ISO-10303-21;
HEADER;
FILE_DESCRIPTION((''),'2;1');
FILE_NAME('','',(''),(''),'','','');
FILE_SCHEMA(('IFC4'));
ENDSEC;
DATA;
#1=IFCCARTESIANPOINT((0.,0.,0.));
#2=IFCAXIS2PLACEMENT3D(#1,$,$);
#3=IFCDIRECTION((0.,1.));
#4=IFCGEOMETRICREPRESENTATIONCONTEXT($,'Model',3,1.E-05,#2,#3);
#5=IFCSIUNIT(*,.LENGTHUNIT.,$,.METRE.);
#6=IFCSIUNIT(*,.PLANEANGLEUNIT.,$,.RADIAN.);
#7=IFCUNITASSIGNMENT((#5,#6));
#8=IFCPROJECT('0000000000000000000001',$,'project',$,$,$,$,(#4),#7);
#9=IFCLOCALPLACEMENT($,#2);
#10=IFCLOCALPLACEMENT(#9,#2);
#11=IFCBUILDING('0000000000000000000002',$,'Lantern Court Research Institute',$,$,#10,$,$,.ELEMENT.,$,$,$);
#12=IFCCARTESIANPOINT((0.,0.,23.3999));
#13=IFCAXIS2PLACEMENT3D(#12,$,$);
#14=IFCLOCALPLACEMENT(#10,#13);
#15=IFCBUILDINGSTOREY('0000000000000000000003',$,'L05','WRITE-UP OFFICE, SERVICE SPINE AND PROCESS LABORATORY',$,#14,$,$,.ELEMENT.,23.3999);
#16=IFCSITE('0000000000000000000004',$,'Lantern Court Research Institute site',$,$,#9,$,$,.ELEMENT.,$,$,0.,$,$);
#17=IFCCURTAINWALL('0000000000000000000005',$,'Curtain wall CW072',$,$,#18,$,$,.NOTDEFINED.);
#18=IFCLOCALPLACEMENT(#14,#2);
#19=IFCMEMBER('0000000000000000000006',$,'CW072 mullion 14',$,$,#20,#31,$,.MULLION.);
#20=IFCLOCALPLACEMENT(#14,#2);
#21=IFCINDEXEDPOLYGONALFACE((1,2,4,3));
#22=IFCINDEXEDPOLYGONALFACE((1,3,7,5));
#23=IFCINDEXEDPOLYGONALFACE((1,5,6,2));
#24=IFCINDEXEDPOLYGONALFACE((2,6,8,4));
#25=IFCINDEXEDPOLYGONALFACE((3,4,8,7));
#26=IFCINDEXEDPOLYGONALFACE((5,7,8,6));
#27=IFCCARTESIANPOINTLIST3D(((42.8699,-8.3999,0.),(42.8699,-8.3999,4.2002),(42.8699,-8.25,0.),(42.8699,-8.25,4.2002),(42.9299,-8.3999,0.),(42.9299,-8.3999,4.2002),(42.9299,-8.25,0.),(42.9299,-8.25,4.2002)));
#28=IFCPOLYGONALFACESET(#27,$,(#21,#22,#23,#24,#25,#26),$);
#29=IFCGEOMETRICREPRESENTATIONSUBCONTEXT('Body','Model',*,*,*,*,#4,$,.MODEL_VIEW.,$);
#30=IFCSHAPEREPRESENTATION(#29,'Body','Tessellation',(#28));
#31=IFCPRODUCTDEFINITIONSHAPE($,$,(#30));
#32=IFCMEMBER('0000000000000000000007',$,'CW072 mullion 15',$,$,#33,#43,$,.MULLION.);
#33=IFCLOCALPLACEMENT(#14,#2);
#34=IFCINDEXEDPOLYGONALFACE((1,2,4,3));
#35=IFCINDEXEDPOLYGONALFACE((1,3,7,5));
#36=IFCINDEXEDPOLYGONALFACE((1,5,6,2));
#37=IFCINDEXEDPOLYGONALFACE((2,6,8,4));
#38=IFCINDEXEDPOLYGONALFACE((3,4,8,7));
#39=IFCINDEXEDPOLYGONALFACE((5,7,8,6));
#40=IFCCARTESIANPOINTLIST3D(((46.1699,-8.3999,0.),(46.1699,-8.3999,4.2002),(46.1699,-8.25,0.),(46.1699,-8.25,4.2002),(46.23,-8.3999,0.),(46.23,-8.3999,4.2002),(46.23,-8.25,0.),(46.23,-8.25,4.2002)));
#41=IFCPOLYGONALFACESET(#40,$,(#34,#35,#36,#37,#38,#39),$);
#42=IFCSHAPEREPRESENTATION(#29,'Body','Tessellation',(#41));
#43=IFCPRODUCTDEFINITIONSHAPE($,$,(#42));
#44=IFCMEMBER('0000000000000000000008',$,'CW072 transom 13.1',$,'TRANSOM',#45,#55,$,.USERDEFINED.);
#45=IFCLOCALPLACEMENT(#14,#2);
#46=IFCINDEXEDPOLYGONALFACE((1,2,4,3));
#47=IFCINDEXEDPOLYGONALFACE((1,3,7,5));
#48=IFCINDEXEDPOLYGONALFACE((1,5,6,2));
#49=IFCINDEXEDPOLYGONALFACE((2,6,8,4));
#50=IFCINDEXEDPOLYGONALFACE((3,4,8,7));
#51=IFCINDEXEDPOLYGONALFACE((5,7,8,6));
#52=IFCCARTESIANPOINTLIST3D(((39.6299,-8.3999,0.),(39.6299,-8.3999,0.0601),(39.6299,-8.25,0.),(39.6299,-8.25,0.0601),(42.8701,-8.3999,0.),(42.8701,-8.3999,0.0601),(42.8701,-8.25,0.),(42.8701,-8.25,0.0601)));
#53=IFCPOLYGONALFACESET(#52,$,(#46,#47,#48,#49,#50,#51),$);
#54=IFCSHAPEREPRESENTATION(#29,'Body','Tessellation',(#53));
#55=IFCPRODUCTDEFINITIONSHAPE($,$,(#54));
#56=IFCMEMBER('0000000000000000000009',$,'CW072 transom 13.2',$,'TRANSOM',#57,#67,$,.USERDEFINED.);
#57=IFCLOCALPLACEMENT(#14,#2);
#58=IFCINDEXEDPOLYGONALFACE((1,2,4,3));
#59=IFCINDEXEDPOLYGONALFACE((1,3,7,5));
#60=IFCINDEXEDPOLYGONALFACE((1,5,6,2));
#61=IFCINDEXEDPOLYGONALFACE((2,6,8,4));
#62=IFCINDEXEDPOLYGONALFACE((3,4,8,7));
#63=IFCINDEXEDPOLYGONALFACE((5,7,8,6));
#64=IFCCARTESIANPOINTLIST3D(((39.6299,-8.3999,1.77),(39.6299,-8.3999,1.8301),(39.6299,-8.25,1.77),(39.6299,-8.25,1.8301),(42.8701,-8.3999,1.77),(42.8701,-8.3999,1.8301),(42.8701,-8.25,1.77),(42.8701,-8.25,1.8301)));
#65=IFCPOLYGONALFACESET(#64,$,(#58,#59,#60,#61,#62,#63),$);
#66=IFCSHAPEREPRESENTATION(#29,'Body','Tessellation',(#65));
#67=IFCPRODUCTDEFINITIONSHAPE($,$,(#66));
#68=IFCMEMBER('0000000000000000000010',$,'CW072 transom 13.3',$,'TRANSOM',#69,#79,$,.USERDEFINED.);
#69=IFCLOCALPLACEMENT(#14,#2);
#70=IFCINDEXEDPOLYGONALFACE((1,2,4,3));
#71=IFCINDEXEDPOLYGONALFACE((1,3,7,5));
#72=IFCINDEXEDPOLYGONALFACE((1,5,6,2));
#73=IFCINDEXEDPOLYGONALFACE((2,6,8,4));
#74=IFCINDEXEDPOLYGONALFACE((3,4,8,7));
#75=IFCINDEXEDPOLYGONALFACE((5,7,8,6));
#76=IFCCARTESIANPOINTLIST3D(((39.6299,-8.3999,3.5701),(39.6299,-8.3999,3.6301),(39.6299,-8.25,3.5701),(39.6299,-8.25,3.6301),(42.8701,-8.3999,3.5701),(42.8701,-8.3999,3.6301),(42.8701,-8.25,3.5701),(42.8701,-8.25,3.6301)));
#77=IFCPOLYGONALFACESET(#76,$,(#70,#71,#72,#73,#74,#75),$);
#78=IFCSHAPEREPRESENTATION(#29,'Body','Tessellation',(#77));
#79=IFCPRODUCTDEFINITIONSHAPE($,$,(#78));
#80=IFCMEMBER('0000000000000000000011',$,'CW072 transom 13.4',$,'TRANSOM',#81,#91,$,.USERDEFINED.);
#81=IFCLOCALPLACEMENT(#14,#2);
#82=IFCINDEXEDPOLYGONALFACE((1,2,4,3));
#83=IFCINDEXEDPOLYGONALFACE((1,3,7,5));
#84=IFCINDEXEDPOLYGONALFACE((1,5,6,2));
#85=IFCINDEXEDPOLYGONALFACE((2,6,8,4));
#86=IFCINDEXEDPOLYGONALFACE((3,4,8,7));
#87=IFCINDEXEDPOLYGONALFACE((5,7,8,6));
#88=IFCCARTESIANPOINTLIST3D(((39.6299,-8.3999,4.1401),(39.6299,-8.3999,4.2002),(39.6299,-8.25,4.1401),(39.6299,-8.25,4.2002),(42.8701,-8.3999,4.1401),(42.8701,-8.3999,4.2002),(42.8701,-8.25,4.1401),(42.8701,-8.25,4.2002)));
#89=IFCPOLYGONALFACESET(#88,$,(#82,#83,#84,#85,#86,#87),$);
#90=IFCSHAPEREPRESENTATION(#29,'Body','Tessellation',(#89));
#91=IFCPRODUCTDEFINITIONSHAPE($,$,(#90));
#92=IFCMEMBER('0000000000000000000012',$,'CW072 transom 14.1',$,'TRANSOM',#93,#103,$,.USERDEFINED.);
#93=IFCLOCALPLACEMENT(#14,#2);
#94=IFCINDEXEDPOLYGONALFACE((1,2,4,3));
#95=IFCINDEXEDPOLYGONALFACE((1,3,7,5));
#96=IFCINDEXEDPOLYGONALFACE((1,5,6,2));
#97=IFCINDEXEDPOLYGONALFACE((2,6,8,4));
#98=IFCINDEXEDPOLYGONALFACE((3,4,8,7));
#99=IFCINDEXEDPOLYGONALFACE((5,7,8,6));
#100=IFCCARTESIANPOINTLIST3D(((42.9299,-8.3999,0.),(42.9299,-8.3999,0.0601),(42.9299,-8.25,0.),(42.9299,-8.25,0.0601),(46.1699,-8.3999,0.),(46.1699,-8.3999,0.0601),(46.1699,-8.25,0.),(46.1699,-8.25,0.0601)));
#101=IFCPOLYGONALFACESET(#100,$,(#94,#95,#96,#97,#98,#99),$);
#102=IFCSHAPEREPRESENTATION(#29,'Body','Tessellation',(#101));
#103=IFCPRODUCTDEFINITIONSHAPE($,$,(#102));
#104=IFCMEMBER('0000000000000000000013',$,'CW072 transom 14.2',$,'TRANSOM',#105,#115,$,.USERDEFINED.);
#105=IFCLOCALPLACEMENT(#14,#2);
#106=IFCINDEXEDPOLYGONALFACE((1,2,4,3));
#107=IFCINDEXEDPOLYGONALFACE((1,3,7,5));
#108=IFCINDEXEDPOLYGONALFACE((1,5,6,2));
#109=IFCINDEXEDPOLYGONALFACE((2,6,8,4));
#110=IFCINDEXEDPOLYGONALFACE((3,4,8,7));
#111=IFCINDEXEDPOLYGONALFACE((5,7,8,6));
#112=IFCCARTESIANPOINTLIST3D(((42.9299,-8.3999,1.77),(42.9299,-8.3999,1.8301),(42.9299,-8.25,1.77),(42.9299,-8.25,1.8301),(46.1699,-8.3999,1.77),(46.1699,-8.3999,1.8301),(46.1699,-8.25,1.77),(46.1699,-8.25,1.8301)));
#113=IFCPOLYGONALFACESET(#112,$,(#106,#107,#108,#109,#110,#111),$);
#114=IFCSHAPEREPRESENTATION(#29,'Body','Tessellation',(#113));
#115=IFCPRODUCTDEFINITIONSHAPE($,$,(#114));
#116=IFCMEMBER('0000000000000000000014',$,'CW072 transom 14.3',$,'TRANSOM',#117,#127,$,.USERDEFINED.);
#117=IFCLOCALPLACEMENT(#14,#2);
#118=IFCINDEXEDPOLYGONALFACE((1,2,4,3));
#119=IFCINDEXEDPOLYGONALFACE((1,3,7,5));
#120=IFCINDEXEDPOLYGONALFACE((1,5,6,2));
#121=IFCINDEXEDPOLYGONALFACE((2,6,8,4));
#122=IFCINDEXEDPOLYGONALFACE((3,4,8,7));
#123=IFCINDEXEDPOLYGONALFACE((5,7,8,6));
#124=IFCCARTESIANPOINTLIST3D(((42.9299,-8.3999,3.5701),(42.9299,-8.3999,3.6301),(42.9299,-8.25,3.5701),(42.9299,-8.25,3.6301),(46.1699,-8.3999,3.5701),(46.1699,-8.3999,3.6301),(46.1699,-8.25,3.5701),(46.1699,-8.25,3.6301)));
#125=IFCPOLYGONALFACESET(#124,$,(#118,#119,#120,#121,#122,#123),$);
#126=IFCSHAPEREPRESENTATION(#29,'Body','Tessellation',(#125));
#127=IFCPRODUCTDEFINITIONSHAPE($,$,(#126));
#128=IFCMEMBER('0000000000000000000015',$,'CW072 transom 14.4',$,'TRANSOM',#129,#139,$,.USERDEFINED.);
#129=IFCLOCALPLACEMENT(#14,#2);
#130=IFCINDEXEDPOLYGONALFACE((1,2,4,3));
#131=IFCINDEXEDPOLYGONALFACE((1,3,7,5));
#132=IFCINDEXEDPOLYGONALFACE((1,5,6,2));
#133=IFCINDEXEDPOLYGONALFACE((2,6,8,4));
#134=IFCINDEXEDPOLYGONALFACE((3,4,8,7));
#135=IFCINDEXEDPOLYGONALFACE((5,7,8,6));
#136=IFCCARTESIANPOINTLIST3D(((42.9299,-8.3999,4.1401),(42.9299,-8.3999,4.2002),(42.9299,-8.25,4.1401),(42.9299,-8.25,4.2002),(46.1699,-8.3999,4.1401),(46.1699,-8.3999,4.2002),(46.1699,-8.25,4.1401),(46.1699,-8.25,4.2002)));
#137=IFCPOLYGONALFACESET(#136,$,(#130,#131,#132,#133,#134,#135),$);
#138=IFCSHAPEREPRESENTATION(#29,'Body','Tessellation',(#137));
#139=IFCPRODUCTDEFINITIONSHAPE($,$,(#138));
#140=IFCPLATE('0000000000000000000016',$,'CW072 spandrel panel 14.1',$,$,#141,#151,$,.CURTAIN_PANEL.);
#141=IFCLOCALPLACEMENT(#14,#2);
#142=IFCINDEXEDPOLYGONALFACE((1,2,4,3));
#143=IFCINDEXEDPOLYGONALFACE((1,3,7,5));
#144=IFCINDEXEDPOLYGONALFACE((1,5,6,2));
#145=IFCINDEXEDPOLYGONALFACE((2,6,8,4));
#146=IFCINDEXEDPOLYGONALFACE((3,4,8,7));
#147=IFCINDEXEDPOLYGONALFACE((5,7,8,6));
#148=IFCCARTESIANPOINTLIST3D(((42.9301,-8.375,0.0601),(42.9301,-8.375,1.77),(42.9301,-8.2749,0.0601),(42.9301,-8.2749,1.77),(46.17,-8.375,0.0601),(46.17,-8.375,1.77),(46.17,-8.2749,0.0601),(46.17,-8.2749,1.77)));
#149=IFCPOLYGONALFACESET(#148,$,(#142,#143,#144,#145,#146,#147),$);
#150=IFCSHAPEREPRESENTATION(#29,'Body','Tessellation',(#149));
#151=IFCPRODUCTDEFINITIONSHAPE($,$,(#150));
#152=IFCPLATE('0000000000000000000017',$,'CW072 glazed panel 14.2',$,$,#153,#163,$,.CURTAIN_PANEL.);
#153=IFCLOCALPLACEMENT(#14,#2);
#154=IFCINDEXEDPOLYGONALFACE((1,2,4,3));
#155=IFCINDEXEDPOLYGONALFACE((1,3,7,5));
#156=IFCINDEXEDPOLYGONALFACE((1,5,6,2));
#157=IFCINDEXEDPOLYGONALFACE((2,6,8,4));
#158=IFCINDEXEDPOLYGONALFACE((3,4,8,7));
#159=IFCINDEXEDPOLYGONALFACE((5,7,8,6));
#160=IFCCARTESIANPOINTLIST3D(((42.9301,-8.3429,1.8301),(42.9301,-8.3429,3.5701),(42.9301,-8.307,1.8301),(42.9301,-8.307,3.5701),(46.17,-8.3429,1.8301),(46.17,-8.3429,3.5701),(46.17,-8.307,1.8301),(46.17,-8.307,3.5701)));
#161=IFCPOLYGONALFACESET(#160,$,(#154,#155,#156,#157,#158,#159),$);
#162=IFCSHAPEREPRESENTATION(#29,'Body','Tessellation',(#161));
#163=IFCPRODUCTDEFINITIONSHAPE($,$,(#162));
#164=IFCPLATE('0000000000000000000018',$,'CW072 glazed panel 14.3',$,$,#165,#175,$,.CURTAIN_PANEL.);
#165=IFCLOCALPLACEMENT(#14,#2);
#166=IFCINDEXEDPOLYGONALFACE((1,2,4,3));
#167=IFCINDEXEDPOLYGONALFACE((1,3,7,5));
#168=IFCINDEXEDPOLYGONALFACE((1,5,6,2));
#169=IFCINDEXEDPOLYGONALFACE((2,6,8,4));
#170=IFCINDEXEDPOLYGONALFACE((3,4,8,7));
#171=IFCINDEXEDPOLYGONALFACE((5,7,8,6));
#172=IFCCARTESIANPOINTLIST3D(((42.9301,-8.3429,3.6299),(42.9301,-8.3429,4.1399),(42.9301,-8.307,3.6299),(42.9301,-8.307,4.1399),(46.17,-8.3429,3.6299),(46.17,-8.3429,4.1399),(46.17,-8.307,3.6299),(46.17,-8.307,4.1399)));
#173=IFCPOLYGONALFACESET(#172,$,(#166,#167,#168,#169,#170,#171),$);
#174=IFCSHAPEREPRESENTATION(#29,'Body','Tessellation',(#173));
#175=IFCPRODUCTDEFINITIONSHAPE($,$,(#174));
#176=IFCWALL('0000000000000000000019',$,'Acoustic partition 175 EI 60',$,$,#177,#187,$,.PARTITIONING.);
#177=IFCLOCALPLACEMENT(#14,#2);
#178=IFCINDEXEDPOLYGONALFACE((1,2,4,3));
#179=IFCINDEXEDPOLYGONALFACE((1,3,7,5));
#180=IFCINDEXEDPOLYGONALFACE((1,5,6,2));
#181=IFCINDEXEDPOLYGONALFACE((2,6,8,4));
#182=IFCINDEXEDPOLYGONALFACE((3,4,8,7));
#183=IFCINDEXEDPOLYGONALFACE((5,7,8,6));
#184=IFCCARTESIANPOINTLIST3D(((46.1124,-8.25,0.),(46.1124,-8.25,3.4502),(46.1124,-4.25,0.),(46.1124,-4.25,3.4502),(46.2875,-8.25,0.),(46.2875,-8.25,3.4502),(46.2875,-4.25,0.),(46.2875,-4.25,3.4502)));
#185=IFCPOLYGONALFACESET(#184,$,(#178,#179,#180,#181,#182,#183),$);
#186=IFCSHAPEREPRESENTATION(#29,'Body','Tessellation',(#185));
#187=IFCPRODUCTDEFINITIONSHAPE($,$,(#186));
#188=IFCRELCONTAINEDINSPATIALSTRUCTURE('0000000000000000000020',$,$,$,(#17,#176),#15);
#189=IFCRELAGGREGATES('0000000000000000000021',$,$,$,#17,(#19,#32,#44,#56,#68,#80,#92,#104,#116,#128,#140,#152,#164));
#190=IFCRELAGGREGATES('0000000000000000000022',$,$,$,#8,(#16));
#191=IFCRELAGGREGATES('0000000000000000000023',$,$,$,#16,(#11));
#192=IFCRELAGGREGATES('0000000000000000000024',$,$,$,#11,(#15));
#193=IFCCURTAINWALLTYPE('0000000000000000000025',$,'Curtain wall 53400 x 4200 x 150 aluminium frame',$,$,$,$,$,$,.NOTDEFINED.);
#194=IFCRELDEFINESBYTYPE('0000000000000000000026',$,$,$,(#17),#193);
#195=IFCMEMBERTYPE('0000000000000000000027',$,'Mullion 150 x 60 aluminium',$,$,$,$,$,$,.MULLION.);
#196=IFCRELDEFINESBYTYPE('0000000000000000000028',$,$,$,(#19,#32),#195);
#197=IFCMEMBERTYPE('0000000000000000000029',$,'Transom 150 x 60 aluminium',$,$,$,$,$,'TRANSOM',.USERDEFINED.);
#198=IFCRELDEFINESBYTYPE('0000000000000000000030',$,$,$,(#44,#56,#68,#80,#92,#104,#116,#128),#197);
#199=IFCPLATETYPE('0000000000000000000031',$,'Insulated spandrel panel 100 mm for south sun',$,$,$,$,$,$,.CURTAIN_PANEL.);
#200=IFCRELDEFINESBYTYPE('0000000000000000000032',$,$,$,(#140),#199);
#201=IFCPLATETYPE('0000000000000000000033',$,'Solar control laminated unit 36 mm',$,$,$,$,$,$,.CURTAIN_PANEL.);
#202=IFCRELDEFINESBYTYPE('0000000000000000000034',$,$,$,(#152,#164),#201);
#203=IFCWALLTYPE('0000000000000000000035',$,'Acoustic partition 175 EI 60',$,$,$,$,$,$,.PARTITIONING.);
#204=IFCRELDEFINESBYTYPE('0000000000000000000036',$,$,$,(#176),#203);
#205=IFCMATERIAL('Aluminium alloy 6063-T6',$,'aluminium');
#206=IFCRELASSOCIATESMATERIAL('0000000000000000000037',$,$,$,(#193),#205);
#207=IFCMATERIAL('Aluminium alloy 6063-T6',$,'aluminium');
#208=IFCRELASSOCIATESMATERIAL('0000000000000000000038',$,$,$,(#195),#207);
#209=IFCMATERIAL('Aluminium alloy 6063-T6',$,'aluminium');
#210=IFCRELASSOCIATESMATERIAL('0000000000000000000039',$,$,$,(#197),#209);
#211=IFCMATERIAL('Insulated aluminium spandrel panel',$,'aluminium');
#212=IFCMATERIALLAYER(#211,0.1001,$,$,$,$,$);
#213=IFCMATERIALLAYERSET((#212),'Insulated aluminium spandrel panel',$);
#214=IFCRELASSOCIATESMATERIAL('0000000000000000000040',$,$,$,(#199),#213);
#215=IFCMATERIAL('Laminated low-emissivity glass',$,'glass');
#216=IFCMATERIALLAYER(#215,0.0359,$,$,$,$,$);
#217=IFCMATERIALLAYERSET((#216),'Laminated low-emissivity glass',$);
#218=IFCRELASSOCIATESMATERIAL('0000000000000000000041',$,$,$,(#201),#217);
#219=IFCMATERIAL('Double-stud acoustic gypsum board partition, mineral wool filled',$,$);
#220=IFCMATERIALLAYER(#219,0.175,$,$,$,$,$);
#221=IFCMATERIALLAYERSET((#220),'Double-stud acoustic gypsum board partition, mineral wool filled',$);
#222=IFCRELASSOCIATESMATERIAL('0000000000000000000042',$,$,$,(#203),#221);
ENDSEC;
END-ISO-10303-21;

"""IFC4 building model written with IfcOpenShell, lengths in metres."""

from ifc_helpers import new_model, si_unit, direction, frame, frame_2d, origin, origin_2d, place, context, subcontext, project, spatial, rectangle, extrude, material, layer, layer_set, material_profile, profile_set, type_object, element, aggregate, save


model = new_model("IFC4")

# Units and contexts
model_context = context("Model", 3, precision=1e-05, world=origin(), true_north=direction((0.0, 1.0)))
body_context = subcontext(model_context, "Body", "Model", "MODEL_VIEW")
ifc_project = project(units=[si_unit("LENGTHUNIT", "METRE"), si_unit("PLANEANGLEUNIT", "RADIAN")], contexts=[model_context])

# Site, building, storey
site_placement = place(None, origin())
site = spatial("IfcSite", under=ifc_project, at=site_placement, Name="Lantern Court Research Institute site", CompositionType="ELEMENT", RefElevation=0.0)
building_placement = place(site_placement, origin())
building = spatial("IfcBuilding", under=site, at=building_placement, Name="Lantern Court Research Institute", CompositionType="ELEMENT")
storey_placement = place(building_placement, frame((0.0, 0.0, 23.3999)))
storey = spatial("IfcBuildingStorey", under=building, at=storey_placement, Name="L05", Description="WRITE-UP OFFICE, SERVICE SPINE AND PROCESS LABORATORY", CompositionType="ELEMENT", Elevation=23.3999)

# Curtain wall, members, plates
ifc_material_1 = material(Name="Aluminium alloy 6063-T6", Category="aluminium")
curtain_wall_type = type_object("IfcCurtainWallType", Name="Curtain wall 53400 x 4200 x 150 aluminium frame", PredefinedType="NOTDEFINED", material=ifc_material_1)
curtain_wall_placement = place(storey_placement, origin())
curtain_wall = element("IfcCurtainWall", 1, at=curtain_wall_placement, inside=storey, type_object=curtain_wall_type, Name="Curtain wall CW072", PredefinedType="NOTDEFINED")
ifc_material_2 = material(Name="Aluminium alloy 6063-T6", Category="aluminium")
ifc_material_profile_1 = material_profile(ifc_material_2, rectangle(XDim=0.1499, YDim=0.0601, at=origin_2d()), Name="Mullion 150 x 60")
ifc_profile_set_1 = profile_set([ifc_material_profile_1], Name="Aluminium alloy 6063-T6")
member_type_1 = type_object("IfcMemberType", Name="Mullion 150 x 60 aluminium", PredefinedType="MULLION", material=ifc_profile_set_1)
member_1_placement = place(storey_placement, frame((42.8999, -8.325, 0.0), z_axis=(0.0, 0.0, 1.0), x_axis=(0.0, -1.0, 0.0)))
member_1 = element("IfcMember", 2, at=member_1_placement, type_object=member_type_1, Name="CW072 mullion 14", PredefinedType="MULLION", context=body_context, shape_type="SweptSolid", body=[
    extrude(rectangle(XDim=0.1499, YDim=0.0601, at=origin_2d()), origin(), (0.0, 0.0, 1.0), 4.2002),
])
member_2_placement = place(storey_placement, frame((46.2, -8.325, 0.0), z_axis=(0.0, 0.0, 1.0), x_axis=(0.0, -1.0, 0.0)))
member_2 = element("IfcMember", 3, at=member_2_placement, type_object=member_type_1, Name="CW072 mullion 15", PredefinedType="MULLION", context=body_context, shape_type="SweptSolid", body=[
    extrude(rectangle(XDim=0.1499, YDim=0.0601, at=origin_2d()), origin(), (0.0, 0.0, 1.0), 4.2002),
])
ifc_material_3 = material(Name="Aluminium alloy 6063-T6", Category="aluminium")
ifc_material_profile_2 = material_profile(ifc_material_3, rectangle(XDim=0.1499, YDim=0.0601, at=origin_2d()), Name="Transom 150 x 60")
ifc_profile_set_2 = profile_set([ifc_material_profile_2], Name="Aluminium alloy 6063-T6")
member_type_2 = type_object("IfcMemberType", Name="Transom 150 x 60 aluminium", ElementType="TRANSOM", PredefinedType="USERDEFINED", material=ifc_profile_set_2)
member_3_placement = place(storey_placement, frame((42.8701, -8.325, 0.03), z_axis=(-1.0, 0.0, 0.0), x_axis=(0.0, -1.0, 0.0)))
member_3 = element("IfcMember", 4, at=member_3_placement, type_object=member_type_2, Name="CW072 transom 13.1", ObjectType="TRANSOM", PredefinedType="USERDEFINED", context=body_context, shape_type="SweptSolid", body=[
    extrude(rectangle(XDim=0.1499, YDim=0.0601, at=origin_2d()), origin(), (0.0, 0.0, 1.0), 3.2402),
])
member_4_placement = place(storey_placement, frame((42.8701, -8.325, 1.8), z_axis=(-1.0, 0.0, 0.0), x_axis=(0.0, -1.0, 0.0)))
member_4 = element("IfcMember", 5, at=member_4_placement, type_object=member_type_2, Name="CW072 transom 13.2", ObjectType="TRANSOM", PredefinedType="USERDEFINED", context=body_context, shape_type="SweptSolid", body=[
    extrude(rectangle(XDim=0.1499, YDim=0.0601, at=origin_2d()), origin(), (0.0, 0.0, 1.0), 3.2402),
])
member_5_placement = place(storey_placement, frame((42.8701, -8.325, 3.6001), z_axis=(-1.0, 0.0, 0.0), x_axis=(0.0, -1.0, 0.0)))
member_5 = element("IfcMember", 6, at=member_5_placement, type_object=member_type_2, Name="CW072 transom 13.3", ObjectType="TRANSOM", PredefinedType="USERDEFINED", context=body_context, shape_type="SweptSolid", body=[
    extrude(rectangle(XDim=0.1499, YDim=0.0601, at=origin_2d()), origin(), (0.0, 0.0, 1.0), 3.2402),
])
member_6_placement = place(storey_placement, frame((42.8701, -8.325, 4.1702), z_axis=(-1.0, 0.0, 0.0), x_axis=(0.0, -1.0, 0.0)))
member_6 = element("IfcMember", 7, at=member_6_placement, type_object=member_type_2, Name="CW072 transom 13.4", ObjectType="TRANSOM", PredefinedType="USERDEFINED", context=body_context, shape_type="SweptSolid", body=[
    extrude(rectangle(XDim=0.1499, YDim=0.0601, at=origin_2d()), origin(), (0.0, 0.0, 1.0), 3.2402),
])
member_7_placement = place(storey_placement, frame((46.1699, -8.325, 0.03), z_axis=(-1.0, 0.0, 0.0), x_axis=(0.0, -1.0, 0.0)))
member_7 = element("IfcMember", 8, at=member_7_placement, type_object=member_type_2, Name="CW072 transom 14.1", ObjectType="TRANSOM", PredefinedType="USERDEFINED", context=body_context, shape_type="SweptSolid", body=[
    extrude(rectangle(XDim=0.1499, YDim=0.0601, at=origin_2d()), origin(), (0.0, 0.0, 1.0), 3.24),
])
member_8_placement = place(storey_placement, frame((46.1699, -8.325, 1.8), z_axis=(-1.0, 0.0, 0.0), x_axis=(0.0, -1.0, 0.0)))
member_8 = element("IfcMember", 9, at=member_8_placement, type_object=member_type_2, Name="CW072 transom 14.2", ObjectType="TRANSOM", PredefinedType="USERDEFINED", context=body_context, shape_type="SweptSolid", body=[
    extrude(rectangle(XDim=0.1499, YDim=0.0601, at=origin_2d()), origin(), (0.0, 0.0, 1.0), 3.24),
])
member_9_placement = place(storey_placement, frame((46.1699, -8.325, 3.6001), z_axis=(-1.0, 0.0, 0.0), x_axis=(0.0, -1.0, 0.0)))
member_9 = element("IfcMember", 10, at=member_9_placement, type_object=member_type_2, Name="CW072 transom 14.3", ObjectType="TRANSOM", PredefinedType="USERDEFINED", context=body_context, shape_type="SweptSolid", body=[
    extrude(rectangle(XDim=0.1499, YDim=0.0601, at=origin_2d()), origin(), (0.0, 0.0, 1.0), 3.24),
])
member_10_placement = place(storey_placement, frame((46.1699, -8.325, 4.1702), z_axis=(-1.0, 0.0, 0.0), x_axis=(0.0, -1.0, 0.0)))
member_10 = element("IfcMember", 11, at=member_10_placement, type_object=member_type_2, Name="CW072 transom 14.4", ObjectType="TRANSOM", PredefinedType="USERDEFINED", context=body_context, shape_type="SweptSolid", body=[
    extrude(rectangle(XDim=0.1499, YDim=0.0601, at=origin_2d()), origin(), (0.0, 0.0, 1.0), 3.24),
])
ifc_material_4 = material(Name="Insulated aluminium spandrel panel", Category="aluminium")
ifc_layer_1 = layer(ifc_material_4, 0.1001)
ifc_layer_set_1 = layer_set([ifc_layer_1], Name="Insulated aluminium spandrel panel")
plate_type_1 = type_object("IfcPlateType", Name="Insulated spandrel panel 100 mm for south sun", PredefinedType="CURTAIN_PANEL", material=ifc_layer_set_1)
plate_1_placement = place(storey_placement, frame((44.55, -8.325, 0.0601), z_axis=(0.0, 0.0, 1.0), x_axis=(-1.0, 0.0, 0.0)))
plate_1 = element("IfcPlate", 12, at=plate_1_placement, type_object=plate_type_1, Name="CW072 spandrel panel 14.1", PredefinedType="CURTAIN_PANEL", context=body_context, shape_type="SweptSolid", body=[
    extrude(rectangle(XDim=3.24, YDim=0.1001, at=origin_2d()), origin(), (0.0, 0.0, 1.0), 1.71),
])
ifc_material_5 = material(Name="Laminated low-emissivity glass", Category="glass")
ifc_layer_2 = layer(ifc_material_5, 0.0359)
ifc_layer_set_2 = layer_set([ifc_layer_2], Name="Laminated low-emissivity glass")
plate_type_2 = type_object("IfcPlateType", Name="Solar control laminated unit 36 mm", PredefinedType="CURTAIN_PANEL", material=ifc_layer_set_2)
plate_2_placement = place(storey_placement, frame((44.55, -8.325, 1.8301), z_axis=(0.0, 0.0, 1.0), x_axis=(-1.0, 0.0, 0.0)))
plate_2 = element("IfcPlate", 13, at=plate_2_placement, type_object=plate_type_2, Name="CW072 glazed panel 14.2", PredefinedType="CURTAIN_PANEL", context=body_context, shape_type="SweptSolid", body=[
    extrude(rectangle(XDim=3.24, YDim=0.0359, at=origin_2d()), origin(), (0.0, 0.0, 1.0), 1.74),
])
plate_3_placement = place(storey_placement, frame((44.55, -8.325, 3.6299), z_axis=(0.0, 0.0, 1.0), x_axis=(-1.0, 0.0, 0.0)))
plate_3 = element("IfcPlate", 14, at=plate_3_placement, type_object=plate_type_2, Name="CW072 glazed panel 14.3", PredefinedType="CURTAIN_PANEL", context=body_context, shape_type="SweptSolid", body=[
    extrude(rectangle(XDim=3.24, YDim=0.0359, at=origin_2d()), origin(), (0.0, 0.0, 1.0), 0.51),
])
aggregate(curtain_wall, [member_1, member_2, member_3, member_4, member_5, member_6, member_7, member_8, member_9, member_10, plate_1, plate_2, plate_3])

# Wall
ifc_material_6 = material(Name="Double-stud acoustic gypsum board partition, mineral wool filled")
ifc_layer_3 = layer(ifc_material_6, 0.175)
ifc_layer_set_3 = layer_set([ifc_layer_3], Name="Double-stud acoustic gypsum board partition, mineral wool filled")
wall_type = type_object("IfcWallType", Name="Acoustic partition 175 EI 60", PredefinedType="PARTITIONING", material=ifc_layer_set_3)
wall_placement = place(storey_placement, frame((46.2, -8.25, 0.0), z_axis=(0.0, 0.0, 1.0), x_axis=(0.0, 1.0, 0.0)))
element("IfcWall", 15, at=wall_placement, inside=storey, type_object=wall_type, Name="Acoustic partition 175 EI 60", PredefinedType="PARTITIONING", context=body_context, shape_type="SweptSolid", body=[
    extrude(rectangle(XDim=4.0, YDim=0.175, at=frame_2d((2.0, 0.0))), origin(), (0.0, 0.0, 1.0), 3.4502),
])

save(model, "model.ifc")
